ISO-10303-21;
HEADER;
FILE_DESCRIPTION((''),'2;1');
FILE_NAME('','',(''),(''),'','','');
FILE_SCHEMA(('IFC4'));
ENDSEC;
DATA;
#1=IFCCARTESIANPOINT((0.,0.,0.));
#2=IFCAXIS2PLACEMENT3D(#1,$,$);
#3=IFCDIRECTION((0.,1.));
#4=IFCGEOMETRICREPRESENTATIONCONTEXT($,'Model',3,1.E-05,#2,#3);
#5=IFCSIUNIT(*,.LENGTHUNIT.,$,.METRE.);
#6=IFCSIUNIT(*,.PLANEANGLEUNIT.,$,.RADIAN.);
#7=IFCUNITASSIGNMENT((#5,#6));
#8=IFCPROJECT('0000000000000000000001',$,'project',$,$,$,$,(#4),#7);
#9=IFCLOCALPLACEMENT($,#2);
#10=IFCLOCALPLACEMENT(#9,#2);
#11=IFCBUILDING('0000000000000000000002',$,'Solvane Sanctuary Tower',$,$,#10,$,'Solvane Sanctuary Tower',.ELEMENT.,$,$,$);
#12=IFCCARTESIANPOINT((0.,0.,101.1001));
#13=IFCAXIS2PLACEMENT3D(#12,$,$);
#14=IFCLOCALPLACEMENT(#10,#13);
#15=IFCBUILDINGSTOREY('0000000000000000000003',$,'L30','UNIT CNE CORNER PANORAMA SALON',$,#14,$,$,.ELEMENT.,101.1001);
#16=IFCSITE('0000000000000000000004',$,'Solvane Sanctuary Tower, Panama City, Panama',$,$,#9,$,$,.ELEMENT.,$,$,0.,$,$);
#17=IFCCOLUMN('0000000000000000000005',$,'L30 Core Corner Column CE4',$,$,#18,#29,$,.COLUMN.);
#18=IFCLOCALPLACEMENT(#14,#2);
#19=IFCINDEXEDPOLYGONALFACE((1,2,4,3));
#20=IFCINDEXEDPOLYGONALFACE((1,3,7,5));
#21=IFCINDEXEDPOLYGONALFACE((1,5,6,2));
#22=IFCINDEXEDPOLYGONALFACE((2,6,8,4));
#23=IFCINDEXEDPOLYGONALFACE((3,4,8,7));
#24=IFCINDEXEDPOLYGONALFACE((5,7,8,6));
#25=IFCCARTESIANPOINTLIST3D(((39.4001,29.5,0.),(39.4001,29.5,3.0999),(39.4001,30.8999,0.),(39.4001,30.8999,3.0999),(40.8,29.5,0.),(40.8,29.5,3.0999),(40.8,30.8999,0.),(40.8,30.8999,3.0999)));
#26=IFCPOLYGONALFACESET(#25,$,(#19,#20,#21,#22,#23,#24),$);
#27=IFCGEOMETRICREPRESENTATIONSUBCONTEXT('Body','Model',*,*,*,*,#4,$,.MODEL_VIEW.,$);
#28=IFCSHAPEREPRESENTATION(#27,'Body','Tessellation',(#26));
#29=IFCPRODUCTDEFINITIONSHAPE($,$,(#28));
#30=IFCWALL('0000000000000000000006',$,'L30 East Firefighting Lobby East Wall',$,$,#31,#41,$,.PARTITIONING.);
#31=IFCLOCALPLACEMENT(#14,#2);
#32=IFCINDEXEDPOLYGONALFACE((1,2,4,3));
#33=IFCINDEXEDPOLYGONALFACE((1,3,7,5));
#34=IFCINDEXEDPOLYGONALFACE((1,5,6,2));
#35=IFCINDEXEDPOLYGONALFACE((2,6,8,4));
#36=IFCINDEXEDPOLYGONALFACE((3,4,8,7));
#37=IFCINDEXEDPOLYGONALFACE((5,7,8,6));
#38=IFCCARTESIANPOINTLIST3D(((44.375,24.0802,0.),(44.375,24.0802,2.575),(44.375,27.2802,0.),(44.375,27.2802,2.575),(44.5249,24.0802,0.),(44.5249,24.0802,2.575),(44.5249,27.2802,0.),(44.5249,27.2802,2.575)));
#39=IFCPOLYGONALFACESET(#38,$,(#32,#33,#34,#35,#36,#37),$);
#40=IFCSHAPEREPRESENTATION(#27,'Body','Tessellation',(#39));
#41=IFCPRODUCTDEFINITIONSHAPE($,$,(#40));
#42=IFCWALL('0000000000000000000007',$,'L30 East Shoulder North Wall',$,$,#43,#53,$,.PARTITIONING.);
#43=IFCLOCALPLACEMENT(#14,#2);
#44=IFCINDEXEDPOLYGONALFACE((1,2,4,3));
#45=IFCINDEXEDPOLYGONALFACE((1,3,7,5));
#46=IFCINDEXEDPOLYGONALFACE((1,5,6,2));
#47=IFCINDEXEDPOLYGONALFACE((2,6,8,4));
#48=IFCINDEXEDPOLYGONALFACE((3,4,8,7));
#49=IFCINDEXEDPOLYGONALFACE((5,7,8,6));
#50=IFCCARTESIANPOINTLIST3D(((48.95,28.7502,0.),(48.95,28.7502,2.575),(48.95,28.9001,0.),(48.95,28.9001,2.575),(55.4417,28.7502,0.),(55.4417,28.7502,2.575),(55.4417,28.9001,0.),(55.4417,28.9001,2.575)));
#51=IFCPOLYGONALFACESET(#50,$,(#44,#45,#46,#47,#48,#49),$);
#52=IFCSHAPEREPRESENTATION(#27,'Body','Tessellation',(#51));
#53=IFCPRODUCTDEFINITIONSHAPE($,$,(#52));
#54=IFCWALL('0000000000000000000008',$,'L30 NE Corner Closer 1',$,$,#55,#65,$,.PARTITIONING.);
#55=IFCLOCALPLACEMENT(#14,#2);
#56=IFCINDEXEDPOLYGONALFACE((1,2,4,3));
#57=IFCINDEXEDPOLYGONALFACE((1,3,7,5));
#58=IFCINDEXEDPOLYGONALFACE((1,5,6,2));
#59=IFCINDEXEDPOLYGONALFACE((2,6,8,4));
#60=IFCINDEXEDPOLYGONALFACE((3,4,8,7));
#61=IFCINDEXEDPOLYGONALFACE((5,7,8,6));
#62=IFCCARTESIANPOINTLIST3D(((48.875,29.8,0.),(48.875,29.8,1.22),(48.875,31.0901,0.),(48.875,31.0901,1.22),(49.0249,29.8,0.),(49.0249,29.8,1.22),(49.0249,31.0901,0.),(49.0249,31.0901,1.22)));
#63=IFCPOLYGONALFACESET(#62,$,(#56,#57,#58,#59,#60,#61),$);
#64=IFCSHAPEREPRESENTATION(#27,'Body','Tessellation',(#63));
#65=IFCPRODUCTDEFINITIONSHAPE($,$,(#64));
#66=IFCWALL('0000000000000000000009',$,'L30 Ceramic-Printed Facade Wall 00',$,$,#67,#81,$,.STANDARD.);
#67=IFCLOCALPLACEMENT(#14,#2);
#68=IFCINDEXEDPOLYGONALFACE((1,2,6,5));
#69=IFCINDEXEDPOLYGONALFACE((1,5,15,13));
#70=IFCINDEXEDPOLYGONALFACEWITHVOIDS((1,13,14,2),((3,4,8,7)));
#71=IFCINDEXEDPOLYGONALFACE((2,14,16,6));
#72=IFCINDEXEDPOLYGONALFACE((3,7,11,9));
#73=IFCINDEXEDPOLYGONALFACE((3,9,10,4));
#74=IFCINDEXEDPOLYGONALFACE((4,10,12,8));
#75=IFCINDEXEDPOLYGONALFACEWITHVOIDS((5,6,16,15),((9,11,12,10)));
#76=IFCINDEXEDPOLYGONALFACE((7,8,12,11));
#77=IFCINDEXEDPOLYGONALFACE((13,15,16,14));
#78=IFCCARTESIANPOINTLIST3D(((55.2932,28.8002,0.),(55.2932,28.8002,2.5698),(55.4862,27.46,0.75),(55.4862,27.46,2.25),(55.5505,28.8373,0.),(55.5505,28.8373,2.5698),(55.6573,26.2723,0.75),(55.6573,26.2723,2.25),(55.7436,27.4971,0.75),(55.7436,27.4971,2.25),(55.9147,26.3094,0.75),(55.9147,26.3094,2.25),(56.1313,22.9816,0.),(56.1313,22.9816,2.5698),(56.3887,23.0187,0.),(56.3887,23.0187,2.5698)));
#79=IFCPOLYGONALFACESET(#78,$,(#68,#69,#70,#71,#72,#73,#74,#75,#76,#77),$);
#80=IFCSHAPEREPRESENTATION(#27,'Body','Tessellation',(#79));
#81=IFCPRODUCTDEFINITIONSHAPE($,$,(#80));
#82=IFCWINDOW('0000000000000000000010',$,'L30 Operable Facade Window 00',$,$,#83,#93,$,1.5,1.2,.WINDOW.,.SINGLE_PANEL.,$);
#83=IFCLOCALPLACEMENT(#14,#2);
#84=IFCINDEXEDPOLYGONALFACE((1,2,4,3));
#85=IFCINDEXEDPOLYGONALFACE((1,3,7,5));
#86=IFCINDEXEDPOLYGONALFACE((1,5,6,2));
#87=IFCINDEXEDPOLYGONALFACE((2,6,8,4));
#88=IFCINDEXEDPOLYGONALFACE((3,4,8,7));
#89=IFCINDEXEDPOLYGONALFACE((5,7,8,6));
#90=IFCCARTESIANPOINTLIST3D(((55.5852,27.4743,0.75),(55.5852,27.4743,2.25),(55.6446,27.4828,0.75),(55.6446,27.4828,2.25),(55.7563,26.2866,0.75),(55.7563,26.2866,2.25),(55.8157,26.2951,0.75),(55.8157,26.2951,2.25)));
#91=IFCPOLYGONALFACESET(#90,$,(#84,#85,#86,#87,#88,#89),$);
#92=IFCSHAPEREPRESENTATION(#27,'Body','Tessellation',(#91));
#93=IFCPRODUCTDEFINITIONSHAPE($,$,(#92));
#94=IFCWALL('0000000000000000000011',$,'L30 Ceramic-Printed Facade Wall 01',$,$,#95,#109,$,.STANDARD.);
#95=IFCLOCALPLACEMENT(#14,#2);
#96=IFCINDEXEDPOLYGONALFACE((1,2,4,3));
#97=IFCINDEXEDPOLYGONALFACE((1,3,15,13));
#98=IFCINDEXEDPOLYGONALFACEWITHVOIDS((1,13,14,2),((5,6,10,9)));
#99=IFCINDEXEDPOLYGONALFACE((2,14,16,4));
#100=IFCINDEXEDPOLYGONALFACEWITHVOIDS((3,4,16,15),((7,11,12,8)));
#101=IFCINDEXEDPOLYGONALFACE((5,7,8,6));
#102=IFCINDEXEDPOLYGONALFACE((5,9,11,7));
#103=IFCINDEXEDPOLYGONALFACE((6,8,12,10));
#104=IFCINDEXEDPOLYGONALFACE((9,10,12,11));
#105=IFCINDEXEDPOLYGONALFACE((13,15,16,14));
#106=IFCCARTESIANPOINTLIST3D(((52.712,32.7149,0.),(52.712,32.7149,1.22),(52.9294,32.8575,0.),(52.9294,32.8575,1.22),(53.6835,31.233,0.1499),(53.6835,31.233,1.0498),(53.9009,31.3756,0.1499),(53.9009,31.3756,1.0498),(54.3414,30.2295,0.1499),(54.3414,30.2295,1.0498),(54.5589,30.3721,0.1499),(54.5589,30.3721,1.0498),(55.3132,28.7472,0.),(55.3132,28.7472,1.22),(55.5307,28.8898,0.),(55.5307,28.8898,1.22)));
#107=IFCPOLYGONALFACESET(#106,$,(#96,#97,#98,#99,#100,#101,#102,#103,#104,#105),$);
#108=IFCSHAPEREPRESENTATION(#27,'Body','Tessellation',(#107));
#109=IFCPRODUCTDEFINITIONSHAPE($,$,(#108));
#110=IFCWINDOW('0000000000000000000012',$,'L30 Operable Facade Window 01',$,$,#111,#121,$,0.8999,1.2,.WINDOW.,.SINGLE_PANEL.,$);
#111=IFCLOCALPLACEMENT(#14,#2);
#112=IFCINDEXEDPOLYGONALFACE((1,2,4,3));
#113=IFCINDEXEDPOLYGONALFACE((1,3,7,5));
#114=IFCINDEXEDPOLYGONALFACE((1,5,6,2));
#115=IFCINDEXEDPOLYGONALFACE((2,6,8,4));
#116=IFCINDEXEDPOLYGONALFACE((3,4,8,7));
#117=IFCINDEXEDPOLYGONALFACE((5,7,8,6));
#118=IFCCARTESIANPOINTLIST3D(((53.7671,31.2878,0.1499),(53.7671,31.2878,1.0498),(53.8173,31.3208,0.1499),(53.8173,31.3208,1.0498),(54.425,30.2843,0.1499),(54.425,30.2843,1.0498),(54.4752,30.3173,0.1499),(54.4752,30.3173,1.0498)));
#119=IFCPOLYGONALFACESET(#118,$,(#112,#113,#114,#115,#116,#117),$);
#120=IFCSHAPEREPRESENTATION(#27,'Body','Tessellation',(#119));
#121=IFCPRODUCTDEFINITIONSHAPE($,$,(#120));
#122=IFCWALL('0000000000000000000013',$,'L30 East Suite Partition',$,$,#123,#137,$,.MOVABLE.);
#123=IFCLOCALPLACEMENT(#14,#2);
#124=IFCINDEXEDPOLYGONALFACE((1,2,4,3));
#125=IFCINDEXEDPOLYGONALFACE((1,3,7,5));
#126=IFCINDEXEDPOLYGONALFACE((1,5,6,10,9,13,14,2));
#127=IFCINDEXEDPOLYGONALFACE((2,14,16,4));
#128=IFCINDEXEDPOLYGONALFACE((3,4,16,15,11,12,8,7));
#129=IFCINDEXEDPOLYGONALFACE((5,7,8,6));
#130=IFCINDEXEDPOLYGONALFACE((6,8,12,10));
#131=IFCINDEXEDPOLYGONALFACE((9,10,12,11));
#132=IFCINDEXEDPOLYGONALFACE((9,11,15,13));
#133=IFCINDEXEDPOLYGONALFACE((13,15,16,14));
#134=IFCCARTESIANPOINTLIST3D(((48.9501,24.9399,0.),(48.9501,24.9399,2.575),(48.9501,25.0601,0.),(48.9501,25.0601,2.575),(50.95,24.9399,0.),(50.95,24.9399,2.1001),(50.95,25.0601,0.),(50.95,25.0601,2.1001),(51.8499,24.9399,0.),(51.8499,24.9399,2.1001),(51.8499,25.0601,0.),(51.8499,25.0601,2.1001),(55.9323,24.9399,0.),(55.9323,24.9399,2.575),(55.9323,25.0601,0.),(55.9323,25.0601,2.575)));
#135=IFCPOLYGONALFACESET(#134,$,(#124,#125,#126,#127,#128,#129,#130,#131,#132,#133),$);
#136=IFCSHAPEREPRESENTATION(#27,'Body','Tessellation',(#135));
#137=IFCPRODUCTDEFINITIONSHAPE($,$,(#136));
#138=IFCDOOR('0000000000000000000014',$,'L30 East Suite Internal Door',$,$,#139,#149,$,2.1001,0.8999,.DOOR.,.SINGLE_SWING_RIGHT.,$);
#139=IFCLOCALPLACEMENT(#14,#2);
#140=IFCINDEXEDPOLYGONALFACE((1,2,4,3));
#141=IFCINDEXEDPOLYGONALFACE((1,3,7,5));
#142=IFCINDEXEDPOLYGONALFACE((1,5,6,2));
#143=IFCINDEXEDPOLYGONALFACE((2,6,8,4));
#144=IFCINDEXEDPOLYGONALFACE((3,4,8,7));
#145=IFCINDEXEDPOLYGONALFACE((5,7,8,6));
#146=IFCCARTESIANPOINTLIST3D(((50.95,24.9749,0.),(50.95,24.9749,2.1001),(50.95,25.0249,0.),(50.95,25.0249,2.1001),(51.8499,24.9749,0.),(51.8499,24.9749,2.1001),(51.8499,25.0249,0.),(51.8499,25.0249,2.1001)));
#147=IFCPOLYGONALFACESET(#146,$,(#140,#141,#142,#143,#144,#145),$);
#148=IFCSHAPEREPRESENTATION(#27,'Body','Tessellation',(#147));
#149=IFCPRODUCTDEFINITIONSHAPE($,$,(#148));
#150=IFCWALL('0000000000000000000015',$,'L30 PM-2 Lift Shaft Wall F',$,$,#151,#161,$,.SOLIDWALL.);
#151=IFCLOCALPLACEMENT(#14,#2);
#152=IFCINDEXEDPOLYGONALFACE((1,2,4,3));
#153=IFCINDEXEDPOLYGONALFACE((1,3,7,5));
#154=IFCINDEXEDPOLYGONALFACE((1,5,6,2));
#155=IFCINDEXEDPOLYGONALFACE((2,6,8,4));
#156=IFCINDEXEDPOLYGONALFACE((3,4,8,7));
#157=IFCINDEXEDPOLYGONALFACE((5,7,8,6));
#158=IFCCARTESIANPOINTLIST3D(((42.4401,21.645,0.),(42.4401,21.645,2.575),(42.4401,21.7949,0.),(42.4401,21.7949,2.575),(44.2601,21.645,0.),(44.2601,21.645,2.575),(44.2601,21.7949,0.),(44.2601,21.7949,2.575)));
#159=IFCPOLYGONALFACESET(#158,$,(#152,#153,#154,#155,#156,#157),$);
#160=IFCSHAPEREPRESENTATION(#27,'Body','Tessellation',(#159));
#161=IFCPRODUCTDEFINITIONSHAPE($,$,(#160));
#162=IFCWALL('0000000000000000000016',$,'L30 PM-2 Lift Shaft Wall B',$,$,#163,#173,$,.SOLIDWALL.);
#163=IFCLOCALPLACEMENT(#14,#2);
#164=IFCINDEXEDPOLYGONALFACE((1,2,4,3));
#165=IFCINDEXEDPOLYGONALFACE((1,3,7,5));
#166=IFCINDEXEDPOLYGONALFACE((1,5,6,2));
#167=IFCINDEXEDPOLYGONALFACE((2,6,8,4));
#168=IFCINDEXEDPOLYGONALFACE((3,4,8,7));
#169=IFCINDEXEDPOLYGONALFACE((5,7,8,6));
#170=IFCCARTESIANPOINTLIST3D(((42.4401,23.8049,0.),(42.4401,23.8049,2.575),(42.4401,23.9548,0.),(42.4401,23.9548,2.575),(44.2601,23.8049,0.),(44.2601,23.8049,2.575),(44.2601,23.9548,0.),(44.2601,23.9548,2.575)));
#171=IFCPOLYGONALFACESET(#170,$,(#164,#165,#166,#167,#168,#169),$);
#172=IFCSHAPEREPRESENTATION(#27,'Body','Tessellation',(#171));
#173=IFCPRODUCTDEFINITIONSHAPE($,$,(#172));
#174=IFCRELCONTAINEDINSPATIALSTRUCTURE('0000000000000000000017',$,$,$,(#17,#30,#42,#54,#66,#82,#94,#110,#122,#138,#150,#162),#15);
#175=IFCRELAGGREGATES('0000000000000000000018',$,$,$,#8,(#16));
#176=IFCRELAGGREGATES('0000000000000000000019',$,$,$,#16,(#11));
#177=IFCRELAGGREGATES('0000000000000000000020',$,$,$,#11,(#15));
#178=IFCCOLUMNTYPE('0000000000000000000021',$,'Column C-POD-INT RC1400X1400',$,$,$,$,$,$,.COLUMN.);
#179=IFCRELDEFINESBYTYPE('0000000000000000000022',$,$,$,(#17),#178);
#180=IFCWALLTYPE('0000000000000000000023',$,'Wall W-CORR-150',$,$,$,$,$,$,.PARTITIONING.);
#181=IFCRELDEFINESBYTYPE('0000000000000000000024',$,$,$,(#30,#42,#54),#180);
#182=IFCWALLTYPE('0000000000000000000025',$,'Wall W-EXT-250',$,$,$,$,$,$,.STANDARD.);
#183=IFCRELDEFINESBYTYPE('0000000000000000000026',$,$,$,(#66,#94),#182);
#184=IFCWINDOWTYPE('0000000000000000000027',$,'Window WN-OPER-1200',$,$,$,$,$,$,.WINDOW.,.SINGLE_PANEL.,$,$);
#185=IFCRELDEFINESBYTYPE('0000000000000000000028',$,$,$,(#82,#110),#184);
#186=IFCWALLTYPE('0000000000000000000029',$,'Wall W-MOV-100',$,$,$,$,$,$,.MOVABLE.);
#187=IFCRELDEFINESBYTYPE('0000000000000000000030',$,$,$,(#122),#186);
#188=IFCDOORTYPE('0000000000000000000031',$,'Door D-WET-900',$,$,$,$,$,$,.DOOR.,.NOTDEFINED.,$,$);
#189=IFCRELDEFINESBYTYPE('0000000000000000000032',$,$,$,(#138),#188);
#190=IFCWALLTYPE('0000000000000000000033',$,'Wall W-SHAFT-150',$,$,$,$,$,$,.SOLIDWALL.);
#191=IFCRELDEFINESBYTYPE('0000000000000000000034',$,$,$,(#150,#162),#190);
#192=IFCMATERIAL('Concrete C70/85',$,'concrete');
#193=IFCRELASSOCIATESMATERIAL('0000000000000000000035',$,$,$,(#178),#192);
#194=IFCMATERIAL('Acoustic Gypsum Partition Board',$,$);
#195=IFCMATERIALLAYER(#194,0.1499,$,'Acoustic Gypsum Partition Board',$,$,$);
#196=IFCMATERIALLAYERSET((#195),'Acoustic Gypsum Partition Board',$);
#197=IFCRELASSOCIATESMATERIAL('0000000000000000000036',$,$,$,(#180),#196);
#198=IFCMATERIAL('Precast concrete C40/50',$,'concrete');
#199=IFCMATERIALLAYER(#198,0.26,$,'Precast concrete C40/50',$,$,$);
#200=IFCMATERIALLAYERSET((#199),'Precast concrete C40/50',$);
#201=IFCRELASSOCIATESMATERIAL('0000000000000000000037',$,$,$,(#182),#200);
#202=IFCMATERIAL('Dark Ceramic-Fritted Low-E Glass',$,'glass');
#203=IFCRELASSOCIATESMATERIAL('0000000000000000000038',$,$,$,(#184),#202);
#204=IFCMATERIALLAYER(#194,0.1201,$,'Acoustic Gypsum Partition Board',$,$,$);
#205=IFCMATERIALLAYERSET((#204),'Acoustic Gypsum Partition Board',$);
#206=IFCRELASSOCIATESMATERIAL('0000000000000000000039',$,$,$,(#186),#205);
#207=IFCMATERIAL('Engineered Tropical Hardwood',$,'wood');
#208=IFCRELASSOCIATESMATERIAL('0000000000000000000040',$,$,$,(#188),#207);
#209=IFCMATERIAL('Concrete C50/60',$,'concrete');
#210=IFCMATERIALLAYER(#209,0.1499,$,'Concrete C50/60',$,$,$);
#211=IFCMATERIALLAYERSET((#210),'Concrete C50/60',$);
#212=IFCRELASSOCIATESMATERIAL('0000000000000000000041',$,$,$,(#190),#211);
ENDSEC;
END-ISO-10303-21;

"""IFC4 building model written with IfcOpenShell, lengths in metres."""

from ifc_helpers import new_model, si_unit, direction, frame, frame_2d, origin, origin_2d, place, context, subcontext, project, spatial, rectangle, extrude, material, layer, layer_set, material_profile, profile_set, type_object, element, fill, save


model = new_model("IFC4")

# Units and contexts
model_context = context("Model", 3, precision=1e-05, world=origin(), true_north=direction((0.0, 1.0)))
body_context = subcontext(model_context, "Body", "Model", "MODEL_VIEW")
ifc_project = project(units=[si_unit("LENGTHUNIT", "METRE"), si_unit("PLANEANGLEUNIT", "RADIAN")], contexts=[model_context])

# Site, building, storey
site_placement = place(None, origin())
site = spatial("IfcSite", under=ifc_project, at=site_placement, Name="Solvane Sanctuary Tower, Panama City, Panama", CompositionType="ELEMENT", RefElevation=0.0)
building_placement = place(site_placement, origin())
building = spatial("IfcBuilding", under=site, at=building_placement, Name="Solvane Sanctuary Tower", LongName="Solvane Sanctuary Tower", CompositionType="ELEMENT")
storey_placement = place(building_placement, frame((0.0, 0.0, 101.1001)))
storey = spatial("IfcBuildingStorey", under=building, at=storey_placement, Name="L30", Description="UNIT CNE CORNER PANORAMA SALON", CompositionType="ELEMENT", Elevation=101.1001)

# Column
ifc_material_1 = material(Name="Concrete C70/85", Category="concrete")
ifc_material_profile = material_profile(ifc_material_1, rectangle(XDim=1.3999, YDim=1.3999, at=origin_2d()), Name="RC1400X1400")
ifc_profile_set = profile_set([ifc_material_profile], Name="Concrete C70/85")
column_type = type_object("IfcColumnType", Name="Column C-POD-INT RC1400X1400", PredefinedType="COLUMN", material=ifc_profile_set)
column_placement = place(storey_placement, frame((40.1001, 30.2, 0.0), z_axis=(0.0, 0.0, 1.0), x_axis=(1.0, 0.0, 0.0)))
element("IfcColumn", 1, at=column_placement, inside=storey, type_object=column_type, Name="L30 Core Corner Column CE4", PredefinedType="COLUMN", context=body_context, shape_type="SweptSolid", body=[
    extrude(rectangle(XDim=1.3999, YDim=1.3999, at=origin_2d()), origin(), (0.0, 0.0, 1.0), 3.0999),
])

# Walls
ifc_material_2 = material(Name="Acoustic Gypsum Partition Board")
ifc_layer_1 = layer(ifc_material_2, 0.1499, Name="Acoustic Gypsum Partition Board")
ifc_layer_set_1 = layer_set([ifc_layer_1], Name="Acoustic Gypsum Partition Board")
wall_type_1 = type_object("IfcWallType", Name="Wall W-CORR-150", PredefinedType="PARTITIONING", material=ifc_layer_set_1)
wall_1_placement = place(storey_placement, frame((44.45, 24.0801, 0.0), z_axis=(0.0, 0.0, 1.0), x_axis=(0.0, 1.0, 0.0)))
element("IfcWall", 2, at=wall_1_placement, inside=storey, type_object=wall_type_1, Name="L30 East Firefighting Lobby East Wall", PredefinedType="PARTITIONING", context=body_context, shape_type="SweptSolid", body=[
    extrude(rectangle(XDim=3.2, YDim=0.1499, at=frame_2d((1.6001, 0.0))), origin(), (0.0, 0.0, 1.0), 2.575),
])
wall_2_placement = place(storey_placement, frame((48.95, 28.8252, 0.0), z_axis=(0.0, 0.0, 1.0), x_axis=(1.0, 0.0, 0.0)))
element("IfcWall", 3, at=wall_2_placement, inside=storey, type_object=wall_type_1, Name="L30 East Shoulder North Wall", PredefinedType="PARTITIONING", context=body_context, shape_type="SweptSolid", body=[
    extrude(rectangle(XDim=6.4917, YDim=0.1499, at=frame_2d((3.2458, 0.0))), origin(), (0.0, 0.0, 1.0), 2.575),
])
wall_3_placement = place(storey_placement, frame((48.95, 29.8, 0.0), z_axis=(0.0, 0.0, 1.0), x_axis=(0.0, 1.0, 0.0)))
element("IfcWall", 4, at=wall_3_placement, inside=storey, type_object=wall_type_1, Name="L30 NE Corner Closer 1", PredefinedType="PARTITIONING", context=body_context, shape_type="SweptSolid", body=[
    extrude(rectangle(XDim=1.29, YDim=0.1499, at=frame_2d((0.645, 0.0))), origin(), (0.0, 0.0, 1.0), 1.22),
])

# Walls, openings, windows
ifc_material_3 = material(Name="Precast concrete C40/50", Category="concrete")
ifc_layer_2 = layer(ifc_material_3, 0.26, Name="Precast concrete C40/50")
ifc_layer_set_2 = layer_set([ifc_layer_2], Name="Precast concrete C40/50")
wall_type_2 = type_object("IfcWallType", Name="Wall W-EXT-250", PredefinedType="STANDARD", material=ifc_layer_set_2)
wall_4_placement = place(storey_placement, frame((56.26, 23.0, 0.0), z_axis=(0.0, 0.0, 1.0), x_axis=(-0.142572, 0.989784, 0.0)))
wall_4 = element("IfcWall", 5, at=wall_4_placement, inside=storey, type_object=wall_type_2, Name="L30 Ceramic-Printed Facade Wall 00", PredefinedType="STANDARD", context=body_context, shape_type="SweptSolid", body=[
    extrude(rectangle(XDim=5.8787, YDim=0.26, at=frame_2d((2.9395, 0.0))), origin(), (0.0, 0.0, 1.0), 2.5698),
])
opening_1_placement = place(wall_4_placement, frame((3.3247, 0.0, 0.75)))
opening_1 = element("IfcOpeningElement", 6, at=opening_1_placement, cuts=wall_4, PredefinedType="OPENING", context=body_context, shape_type="SweptSolid", body=[
    extrude(rectangle(XDim=1.2, YDim=1.5, at=frame_2d((0.6001, 0.75))), frame((0.0, 0.1399, 0.0), z_axis=(0.0, -1.0, 0.0), x_axis=(1.0, 0.0, 0.0)), (0.0, 0.0, 1.0), 0.28),
])
ifc_material_4 = material(Name="Dark Ceramic-Fritted Low-E Glass", Category="glass")
window_type = type_object("IfcWindowType", Name="Window WN-OPER-1200", PartitioningType="SINGLE_PANEL", PredefinedType="WINDOW", material=ifc_material_4)
window_1_placement = place(opening_1_placement, origin())
window_1 = element("IfcWindow", 7, at=window_1_placement, inside=storey, type_object=window_type, Name="L30 Operable Facade Window 00", OverallHeight=1.5, OverallWidth=1.2, PartitioningType="SINGLE_PANEL", PredefinedType="WINDOW", context=body_context, shape_type="SweptSolid", body=[
    extrude(rectangle(XDim=1.2, YDim=1.5, at=frame_2d((0.6001, 0.75))), frame((0.0, 0.03, 0.0), z_axis=(0.0, -1.0, 0.0), x_axis=(1.0, 0.0, 0.0)), (0.0, 0.0, 1.0), 0.0601),
])
fill(opening_1, window_1)
wall_5_placement = place(storey_placement, frame((55.4219, 28.8186, 0.0), z_axis=(0.0, 0.0, 1.0), x_axis=(-0.548283, 0.836293, 0.0)))
wall_5 = element("IfcWall", 8, at=wall_5_placement, inside=storey, type_object=wall_type_2, Name="L30 Ceramic-Printed Facade Wall 01", PredefinedType="STANDARD", context=body_context, shape_type="SweptSolid", body=[
    extrude(rectangle(XDim=4.7444, YDim=0.26, at=frame_2d((2.3721, 0.0))), origin(), (0.0, 0.0, 1.0), 1.22),
])
opening_2_placement = place(wall_5_placement, frame((1.7722, 0.0, 0.1499)))
opening_2 = element("IfcOpeningElement", 9, at=opening_2_placement, cuts=wall_5, PredefinedType="OPENING", context=body_context, shape_type="SweptSolid", body=[
    extrude(rectangle(XDim=1.2, YDim=0.8999, at=frame_2d((0.6001, 0.45))), frame((0.0, 0.1399, 0.0), z_axis=(0.0, -1.0, 0.0), x_axis=(1.0, 0.0, 0.0)), (0.0, 0.0, 1.0), 0.28),
])
window_2_placement = place(opening_2_placement, origin())
window_2 = element("IfcWindow", 10, at=window_2_placement, inside=storey, type_object=window_type, Name="L30 Operable Facade Window 01", OverallHeight=0.8999, OverallWidth=1.2, PartitioningType="SINGLE_PANEL", PredefinedType="WINDOW", context=body_context, shape_type="SweptSolid", body=[
    extrude(rectangle(XDim=1.2, YDim=0.8999, at=frame_2d((0.6001, 0.45))), frame((0.0, 0.03, 0.0), z_axis=(0.0, -1.0, 0.0), x_axis=(1.0, 0.0, 0.0)), (0.0, 0.0, 1.0), 0.0601),
])
fill(opening_2, window_2)

# Wall, opening, door
ifc_layer_3 = layer(ifc_material_2, 0.1201, Name="Acoustic Gypsum Partition Board")
ifc_layer_set_3 = layer_set([ifc_layer_3], Name="Acoustic Gypsum Partition Board")
wall_type_3 = type_object("IfcWallType", Name="Wall W-MOV-100", PredefinedType="MOVABLE", material=ifc_layer_set_3)
wall_6_placement = place(storey_placement, frame((48.95, 25.0, 0.0), z_axis=(0.0, 0.0, 1.0), x_axis=(1.0, 0.0, 0.0)))
wall_6 = element("IfcWall", 11, at=wall_6_placement, inside=storey, type_object=wall_type_3, Name="L30 East Suite Partition", PredefinedType="MOVABLE", context=body_context, shape_type="SweptSolid", body=[
    extrude(rectangle(XDim=6.9822, YDim=0.1201, at=frame_2d((3.4912, 0.0))), origin(), (0.0, 0.0, 1.0), 2.575),
])
opening_3_placement = place(wall_6_placement, frame((2.0, 0.0, 0.0)))
opening_3 = element("IfcOpeningElement", 12, at=opening_3_placement, cuts=wall_6, PredefinedType="OPENING", context=body_context, shape_type="SweptSolid", body=[
    extrude(rectangle(XDim=0.8999, YDim=2.1001, at=frame_2d((0.45, 1.05))), frame((0.0, 0.0701, 0.0), z_axis=(0.0, -1.0, 0.0), x_axis=(1.0, 0.0, 0.0)), (0.0, 0.0, 1.0), 0.1401),
])
ifc_material_5 = material(Name="Engineered Tropical Hardwood", Category="wood")
door_type_1 = type_object("IfcDoorType", Name="Door D-WET-900", OperationType="NOTDEFINED", PredefinedType="DOOR", material=ifc_material_5)
door_1_placement = place(opening_3_placement, origin())
door_1 = element("IfcDoor", 13, at=door_1_placement, inside=storey, type_object=door_type_1, Name="L30 East Suite Internal Door", OperationType="SINGLE_SWING_RIGHT", OverallHeight=2.1001, OverallWidth=0.8999, PredefinedType="DOOR", context=body_context, shape_type="SweptSolid", body=[
    extrude(rectangle(XDim=0.8999, YDim=2.1001, at=frame_2d((0.45, 1.05))), frame((0.0, 0.0249, 0.0), z_axis=(0.0, -1.0, 0.0), x_axis=(1.0, 0.0, 0.0)), (0.0, 0.0, 1.0), 0.05),
])
fill(opening_3, door_1)

# Walls
ifc_material_6 = material(Name="Concrete C50/60", Category="concrete")
ifc_layer_4 = layer(ifc_material_6, 0.1499, Name="Concrete C50/60")
ifc_layer_set_4 = layer_set([ifc_layer_4], Name="Concrete C50/60")
wall_type_4 = type_object("IfcWallType", Name="Wall W-SHAFT-150", PredefinedType="SOLIDWALL", material=ifc_layer_set_4)
for number, where, z_axis, x_axis, name in (
    (14, (42.4399, 21.72, 0.0), (0.0, 0.0, 1.0), (1.0, 0.0, 0.0), "L30 PM-2 Lift Shaft Wall F"),
    (15, (42.4399, 23.8799, 0.0), (0.0, 0.0, 1.0), (1.0, 0.0, 0.0), "L30 PM-2 Lift Shaft Wall B"),
):
    element("IfcWall", number, at=place(storey_placement, frame(where, z_axis=z_axis, x_axis=x_axis)), inside=storey, type_object=wall_type_4, Name=name, PredefinedType="SOLIDWALL", context=body_context, shape_type="SweptSolid", body=[
        extrude(rectangle(XDim=1.8201, YDim=0.1499, at=frame_2d((0.9102, 0.0))), origin(), (0.0, 0.0, 1.0), 2.575),
    ])

save(model, "model.ifc")
